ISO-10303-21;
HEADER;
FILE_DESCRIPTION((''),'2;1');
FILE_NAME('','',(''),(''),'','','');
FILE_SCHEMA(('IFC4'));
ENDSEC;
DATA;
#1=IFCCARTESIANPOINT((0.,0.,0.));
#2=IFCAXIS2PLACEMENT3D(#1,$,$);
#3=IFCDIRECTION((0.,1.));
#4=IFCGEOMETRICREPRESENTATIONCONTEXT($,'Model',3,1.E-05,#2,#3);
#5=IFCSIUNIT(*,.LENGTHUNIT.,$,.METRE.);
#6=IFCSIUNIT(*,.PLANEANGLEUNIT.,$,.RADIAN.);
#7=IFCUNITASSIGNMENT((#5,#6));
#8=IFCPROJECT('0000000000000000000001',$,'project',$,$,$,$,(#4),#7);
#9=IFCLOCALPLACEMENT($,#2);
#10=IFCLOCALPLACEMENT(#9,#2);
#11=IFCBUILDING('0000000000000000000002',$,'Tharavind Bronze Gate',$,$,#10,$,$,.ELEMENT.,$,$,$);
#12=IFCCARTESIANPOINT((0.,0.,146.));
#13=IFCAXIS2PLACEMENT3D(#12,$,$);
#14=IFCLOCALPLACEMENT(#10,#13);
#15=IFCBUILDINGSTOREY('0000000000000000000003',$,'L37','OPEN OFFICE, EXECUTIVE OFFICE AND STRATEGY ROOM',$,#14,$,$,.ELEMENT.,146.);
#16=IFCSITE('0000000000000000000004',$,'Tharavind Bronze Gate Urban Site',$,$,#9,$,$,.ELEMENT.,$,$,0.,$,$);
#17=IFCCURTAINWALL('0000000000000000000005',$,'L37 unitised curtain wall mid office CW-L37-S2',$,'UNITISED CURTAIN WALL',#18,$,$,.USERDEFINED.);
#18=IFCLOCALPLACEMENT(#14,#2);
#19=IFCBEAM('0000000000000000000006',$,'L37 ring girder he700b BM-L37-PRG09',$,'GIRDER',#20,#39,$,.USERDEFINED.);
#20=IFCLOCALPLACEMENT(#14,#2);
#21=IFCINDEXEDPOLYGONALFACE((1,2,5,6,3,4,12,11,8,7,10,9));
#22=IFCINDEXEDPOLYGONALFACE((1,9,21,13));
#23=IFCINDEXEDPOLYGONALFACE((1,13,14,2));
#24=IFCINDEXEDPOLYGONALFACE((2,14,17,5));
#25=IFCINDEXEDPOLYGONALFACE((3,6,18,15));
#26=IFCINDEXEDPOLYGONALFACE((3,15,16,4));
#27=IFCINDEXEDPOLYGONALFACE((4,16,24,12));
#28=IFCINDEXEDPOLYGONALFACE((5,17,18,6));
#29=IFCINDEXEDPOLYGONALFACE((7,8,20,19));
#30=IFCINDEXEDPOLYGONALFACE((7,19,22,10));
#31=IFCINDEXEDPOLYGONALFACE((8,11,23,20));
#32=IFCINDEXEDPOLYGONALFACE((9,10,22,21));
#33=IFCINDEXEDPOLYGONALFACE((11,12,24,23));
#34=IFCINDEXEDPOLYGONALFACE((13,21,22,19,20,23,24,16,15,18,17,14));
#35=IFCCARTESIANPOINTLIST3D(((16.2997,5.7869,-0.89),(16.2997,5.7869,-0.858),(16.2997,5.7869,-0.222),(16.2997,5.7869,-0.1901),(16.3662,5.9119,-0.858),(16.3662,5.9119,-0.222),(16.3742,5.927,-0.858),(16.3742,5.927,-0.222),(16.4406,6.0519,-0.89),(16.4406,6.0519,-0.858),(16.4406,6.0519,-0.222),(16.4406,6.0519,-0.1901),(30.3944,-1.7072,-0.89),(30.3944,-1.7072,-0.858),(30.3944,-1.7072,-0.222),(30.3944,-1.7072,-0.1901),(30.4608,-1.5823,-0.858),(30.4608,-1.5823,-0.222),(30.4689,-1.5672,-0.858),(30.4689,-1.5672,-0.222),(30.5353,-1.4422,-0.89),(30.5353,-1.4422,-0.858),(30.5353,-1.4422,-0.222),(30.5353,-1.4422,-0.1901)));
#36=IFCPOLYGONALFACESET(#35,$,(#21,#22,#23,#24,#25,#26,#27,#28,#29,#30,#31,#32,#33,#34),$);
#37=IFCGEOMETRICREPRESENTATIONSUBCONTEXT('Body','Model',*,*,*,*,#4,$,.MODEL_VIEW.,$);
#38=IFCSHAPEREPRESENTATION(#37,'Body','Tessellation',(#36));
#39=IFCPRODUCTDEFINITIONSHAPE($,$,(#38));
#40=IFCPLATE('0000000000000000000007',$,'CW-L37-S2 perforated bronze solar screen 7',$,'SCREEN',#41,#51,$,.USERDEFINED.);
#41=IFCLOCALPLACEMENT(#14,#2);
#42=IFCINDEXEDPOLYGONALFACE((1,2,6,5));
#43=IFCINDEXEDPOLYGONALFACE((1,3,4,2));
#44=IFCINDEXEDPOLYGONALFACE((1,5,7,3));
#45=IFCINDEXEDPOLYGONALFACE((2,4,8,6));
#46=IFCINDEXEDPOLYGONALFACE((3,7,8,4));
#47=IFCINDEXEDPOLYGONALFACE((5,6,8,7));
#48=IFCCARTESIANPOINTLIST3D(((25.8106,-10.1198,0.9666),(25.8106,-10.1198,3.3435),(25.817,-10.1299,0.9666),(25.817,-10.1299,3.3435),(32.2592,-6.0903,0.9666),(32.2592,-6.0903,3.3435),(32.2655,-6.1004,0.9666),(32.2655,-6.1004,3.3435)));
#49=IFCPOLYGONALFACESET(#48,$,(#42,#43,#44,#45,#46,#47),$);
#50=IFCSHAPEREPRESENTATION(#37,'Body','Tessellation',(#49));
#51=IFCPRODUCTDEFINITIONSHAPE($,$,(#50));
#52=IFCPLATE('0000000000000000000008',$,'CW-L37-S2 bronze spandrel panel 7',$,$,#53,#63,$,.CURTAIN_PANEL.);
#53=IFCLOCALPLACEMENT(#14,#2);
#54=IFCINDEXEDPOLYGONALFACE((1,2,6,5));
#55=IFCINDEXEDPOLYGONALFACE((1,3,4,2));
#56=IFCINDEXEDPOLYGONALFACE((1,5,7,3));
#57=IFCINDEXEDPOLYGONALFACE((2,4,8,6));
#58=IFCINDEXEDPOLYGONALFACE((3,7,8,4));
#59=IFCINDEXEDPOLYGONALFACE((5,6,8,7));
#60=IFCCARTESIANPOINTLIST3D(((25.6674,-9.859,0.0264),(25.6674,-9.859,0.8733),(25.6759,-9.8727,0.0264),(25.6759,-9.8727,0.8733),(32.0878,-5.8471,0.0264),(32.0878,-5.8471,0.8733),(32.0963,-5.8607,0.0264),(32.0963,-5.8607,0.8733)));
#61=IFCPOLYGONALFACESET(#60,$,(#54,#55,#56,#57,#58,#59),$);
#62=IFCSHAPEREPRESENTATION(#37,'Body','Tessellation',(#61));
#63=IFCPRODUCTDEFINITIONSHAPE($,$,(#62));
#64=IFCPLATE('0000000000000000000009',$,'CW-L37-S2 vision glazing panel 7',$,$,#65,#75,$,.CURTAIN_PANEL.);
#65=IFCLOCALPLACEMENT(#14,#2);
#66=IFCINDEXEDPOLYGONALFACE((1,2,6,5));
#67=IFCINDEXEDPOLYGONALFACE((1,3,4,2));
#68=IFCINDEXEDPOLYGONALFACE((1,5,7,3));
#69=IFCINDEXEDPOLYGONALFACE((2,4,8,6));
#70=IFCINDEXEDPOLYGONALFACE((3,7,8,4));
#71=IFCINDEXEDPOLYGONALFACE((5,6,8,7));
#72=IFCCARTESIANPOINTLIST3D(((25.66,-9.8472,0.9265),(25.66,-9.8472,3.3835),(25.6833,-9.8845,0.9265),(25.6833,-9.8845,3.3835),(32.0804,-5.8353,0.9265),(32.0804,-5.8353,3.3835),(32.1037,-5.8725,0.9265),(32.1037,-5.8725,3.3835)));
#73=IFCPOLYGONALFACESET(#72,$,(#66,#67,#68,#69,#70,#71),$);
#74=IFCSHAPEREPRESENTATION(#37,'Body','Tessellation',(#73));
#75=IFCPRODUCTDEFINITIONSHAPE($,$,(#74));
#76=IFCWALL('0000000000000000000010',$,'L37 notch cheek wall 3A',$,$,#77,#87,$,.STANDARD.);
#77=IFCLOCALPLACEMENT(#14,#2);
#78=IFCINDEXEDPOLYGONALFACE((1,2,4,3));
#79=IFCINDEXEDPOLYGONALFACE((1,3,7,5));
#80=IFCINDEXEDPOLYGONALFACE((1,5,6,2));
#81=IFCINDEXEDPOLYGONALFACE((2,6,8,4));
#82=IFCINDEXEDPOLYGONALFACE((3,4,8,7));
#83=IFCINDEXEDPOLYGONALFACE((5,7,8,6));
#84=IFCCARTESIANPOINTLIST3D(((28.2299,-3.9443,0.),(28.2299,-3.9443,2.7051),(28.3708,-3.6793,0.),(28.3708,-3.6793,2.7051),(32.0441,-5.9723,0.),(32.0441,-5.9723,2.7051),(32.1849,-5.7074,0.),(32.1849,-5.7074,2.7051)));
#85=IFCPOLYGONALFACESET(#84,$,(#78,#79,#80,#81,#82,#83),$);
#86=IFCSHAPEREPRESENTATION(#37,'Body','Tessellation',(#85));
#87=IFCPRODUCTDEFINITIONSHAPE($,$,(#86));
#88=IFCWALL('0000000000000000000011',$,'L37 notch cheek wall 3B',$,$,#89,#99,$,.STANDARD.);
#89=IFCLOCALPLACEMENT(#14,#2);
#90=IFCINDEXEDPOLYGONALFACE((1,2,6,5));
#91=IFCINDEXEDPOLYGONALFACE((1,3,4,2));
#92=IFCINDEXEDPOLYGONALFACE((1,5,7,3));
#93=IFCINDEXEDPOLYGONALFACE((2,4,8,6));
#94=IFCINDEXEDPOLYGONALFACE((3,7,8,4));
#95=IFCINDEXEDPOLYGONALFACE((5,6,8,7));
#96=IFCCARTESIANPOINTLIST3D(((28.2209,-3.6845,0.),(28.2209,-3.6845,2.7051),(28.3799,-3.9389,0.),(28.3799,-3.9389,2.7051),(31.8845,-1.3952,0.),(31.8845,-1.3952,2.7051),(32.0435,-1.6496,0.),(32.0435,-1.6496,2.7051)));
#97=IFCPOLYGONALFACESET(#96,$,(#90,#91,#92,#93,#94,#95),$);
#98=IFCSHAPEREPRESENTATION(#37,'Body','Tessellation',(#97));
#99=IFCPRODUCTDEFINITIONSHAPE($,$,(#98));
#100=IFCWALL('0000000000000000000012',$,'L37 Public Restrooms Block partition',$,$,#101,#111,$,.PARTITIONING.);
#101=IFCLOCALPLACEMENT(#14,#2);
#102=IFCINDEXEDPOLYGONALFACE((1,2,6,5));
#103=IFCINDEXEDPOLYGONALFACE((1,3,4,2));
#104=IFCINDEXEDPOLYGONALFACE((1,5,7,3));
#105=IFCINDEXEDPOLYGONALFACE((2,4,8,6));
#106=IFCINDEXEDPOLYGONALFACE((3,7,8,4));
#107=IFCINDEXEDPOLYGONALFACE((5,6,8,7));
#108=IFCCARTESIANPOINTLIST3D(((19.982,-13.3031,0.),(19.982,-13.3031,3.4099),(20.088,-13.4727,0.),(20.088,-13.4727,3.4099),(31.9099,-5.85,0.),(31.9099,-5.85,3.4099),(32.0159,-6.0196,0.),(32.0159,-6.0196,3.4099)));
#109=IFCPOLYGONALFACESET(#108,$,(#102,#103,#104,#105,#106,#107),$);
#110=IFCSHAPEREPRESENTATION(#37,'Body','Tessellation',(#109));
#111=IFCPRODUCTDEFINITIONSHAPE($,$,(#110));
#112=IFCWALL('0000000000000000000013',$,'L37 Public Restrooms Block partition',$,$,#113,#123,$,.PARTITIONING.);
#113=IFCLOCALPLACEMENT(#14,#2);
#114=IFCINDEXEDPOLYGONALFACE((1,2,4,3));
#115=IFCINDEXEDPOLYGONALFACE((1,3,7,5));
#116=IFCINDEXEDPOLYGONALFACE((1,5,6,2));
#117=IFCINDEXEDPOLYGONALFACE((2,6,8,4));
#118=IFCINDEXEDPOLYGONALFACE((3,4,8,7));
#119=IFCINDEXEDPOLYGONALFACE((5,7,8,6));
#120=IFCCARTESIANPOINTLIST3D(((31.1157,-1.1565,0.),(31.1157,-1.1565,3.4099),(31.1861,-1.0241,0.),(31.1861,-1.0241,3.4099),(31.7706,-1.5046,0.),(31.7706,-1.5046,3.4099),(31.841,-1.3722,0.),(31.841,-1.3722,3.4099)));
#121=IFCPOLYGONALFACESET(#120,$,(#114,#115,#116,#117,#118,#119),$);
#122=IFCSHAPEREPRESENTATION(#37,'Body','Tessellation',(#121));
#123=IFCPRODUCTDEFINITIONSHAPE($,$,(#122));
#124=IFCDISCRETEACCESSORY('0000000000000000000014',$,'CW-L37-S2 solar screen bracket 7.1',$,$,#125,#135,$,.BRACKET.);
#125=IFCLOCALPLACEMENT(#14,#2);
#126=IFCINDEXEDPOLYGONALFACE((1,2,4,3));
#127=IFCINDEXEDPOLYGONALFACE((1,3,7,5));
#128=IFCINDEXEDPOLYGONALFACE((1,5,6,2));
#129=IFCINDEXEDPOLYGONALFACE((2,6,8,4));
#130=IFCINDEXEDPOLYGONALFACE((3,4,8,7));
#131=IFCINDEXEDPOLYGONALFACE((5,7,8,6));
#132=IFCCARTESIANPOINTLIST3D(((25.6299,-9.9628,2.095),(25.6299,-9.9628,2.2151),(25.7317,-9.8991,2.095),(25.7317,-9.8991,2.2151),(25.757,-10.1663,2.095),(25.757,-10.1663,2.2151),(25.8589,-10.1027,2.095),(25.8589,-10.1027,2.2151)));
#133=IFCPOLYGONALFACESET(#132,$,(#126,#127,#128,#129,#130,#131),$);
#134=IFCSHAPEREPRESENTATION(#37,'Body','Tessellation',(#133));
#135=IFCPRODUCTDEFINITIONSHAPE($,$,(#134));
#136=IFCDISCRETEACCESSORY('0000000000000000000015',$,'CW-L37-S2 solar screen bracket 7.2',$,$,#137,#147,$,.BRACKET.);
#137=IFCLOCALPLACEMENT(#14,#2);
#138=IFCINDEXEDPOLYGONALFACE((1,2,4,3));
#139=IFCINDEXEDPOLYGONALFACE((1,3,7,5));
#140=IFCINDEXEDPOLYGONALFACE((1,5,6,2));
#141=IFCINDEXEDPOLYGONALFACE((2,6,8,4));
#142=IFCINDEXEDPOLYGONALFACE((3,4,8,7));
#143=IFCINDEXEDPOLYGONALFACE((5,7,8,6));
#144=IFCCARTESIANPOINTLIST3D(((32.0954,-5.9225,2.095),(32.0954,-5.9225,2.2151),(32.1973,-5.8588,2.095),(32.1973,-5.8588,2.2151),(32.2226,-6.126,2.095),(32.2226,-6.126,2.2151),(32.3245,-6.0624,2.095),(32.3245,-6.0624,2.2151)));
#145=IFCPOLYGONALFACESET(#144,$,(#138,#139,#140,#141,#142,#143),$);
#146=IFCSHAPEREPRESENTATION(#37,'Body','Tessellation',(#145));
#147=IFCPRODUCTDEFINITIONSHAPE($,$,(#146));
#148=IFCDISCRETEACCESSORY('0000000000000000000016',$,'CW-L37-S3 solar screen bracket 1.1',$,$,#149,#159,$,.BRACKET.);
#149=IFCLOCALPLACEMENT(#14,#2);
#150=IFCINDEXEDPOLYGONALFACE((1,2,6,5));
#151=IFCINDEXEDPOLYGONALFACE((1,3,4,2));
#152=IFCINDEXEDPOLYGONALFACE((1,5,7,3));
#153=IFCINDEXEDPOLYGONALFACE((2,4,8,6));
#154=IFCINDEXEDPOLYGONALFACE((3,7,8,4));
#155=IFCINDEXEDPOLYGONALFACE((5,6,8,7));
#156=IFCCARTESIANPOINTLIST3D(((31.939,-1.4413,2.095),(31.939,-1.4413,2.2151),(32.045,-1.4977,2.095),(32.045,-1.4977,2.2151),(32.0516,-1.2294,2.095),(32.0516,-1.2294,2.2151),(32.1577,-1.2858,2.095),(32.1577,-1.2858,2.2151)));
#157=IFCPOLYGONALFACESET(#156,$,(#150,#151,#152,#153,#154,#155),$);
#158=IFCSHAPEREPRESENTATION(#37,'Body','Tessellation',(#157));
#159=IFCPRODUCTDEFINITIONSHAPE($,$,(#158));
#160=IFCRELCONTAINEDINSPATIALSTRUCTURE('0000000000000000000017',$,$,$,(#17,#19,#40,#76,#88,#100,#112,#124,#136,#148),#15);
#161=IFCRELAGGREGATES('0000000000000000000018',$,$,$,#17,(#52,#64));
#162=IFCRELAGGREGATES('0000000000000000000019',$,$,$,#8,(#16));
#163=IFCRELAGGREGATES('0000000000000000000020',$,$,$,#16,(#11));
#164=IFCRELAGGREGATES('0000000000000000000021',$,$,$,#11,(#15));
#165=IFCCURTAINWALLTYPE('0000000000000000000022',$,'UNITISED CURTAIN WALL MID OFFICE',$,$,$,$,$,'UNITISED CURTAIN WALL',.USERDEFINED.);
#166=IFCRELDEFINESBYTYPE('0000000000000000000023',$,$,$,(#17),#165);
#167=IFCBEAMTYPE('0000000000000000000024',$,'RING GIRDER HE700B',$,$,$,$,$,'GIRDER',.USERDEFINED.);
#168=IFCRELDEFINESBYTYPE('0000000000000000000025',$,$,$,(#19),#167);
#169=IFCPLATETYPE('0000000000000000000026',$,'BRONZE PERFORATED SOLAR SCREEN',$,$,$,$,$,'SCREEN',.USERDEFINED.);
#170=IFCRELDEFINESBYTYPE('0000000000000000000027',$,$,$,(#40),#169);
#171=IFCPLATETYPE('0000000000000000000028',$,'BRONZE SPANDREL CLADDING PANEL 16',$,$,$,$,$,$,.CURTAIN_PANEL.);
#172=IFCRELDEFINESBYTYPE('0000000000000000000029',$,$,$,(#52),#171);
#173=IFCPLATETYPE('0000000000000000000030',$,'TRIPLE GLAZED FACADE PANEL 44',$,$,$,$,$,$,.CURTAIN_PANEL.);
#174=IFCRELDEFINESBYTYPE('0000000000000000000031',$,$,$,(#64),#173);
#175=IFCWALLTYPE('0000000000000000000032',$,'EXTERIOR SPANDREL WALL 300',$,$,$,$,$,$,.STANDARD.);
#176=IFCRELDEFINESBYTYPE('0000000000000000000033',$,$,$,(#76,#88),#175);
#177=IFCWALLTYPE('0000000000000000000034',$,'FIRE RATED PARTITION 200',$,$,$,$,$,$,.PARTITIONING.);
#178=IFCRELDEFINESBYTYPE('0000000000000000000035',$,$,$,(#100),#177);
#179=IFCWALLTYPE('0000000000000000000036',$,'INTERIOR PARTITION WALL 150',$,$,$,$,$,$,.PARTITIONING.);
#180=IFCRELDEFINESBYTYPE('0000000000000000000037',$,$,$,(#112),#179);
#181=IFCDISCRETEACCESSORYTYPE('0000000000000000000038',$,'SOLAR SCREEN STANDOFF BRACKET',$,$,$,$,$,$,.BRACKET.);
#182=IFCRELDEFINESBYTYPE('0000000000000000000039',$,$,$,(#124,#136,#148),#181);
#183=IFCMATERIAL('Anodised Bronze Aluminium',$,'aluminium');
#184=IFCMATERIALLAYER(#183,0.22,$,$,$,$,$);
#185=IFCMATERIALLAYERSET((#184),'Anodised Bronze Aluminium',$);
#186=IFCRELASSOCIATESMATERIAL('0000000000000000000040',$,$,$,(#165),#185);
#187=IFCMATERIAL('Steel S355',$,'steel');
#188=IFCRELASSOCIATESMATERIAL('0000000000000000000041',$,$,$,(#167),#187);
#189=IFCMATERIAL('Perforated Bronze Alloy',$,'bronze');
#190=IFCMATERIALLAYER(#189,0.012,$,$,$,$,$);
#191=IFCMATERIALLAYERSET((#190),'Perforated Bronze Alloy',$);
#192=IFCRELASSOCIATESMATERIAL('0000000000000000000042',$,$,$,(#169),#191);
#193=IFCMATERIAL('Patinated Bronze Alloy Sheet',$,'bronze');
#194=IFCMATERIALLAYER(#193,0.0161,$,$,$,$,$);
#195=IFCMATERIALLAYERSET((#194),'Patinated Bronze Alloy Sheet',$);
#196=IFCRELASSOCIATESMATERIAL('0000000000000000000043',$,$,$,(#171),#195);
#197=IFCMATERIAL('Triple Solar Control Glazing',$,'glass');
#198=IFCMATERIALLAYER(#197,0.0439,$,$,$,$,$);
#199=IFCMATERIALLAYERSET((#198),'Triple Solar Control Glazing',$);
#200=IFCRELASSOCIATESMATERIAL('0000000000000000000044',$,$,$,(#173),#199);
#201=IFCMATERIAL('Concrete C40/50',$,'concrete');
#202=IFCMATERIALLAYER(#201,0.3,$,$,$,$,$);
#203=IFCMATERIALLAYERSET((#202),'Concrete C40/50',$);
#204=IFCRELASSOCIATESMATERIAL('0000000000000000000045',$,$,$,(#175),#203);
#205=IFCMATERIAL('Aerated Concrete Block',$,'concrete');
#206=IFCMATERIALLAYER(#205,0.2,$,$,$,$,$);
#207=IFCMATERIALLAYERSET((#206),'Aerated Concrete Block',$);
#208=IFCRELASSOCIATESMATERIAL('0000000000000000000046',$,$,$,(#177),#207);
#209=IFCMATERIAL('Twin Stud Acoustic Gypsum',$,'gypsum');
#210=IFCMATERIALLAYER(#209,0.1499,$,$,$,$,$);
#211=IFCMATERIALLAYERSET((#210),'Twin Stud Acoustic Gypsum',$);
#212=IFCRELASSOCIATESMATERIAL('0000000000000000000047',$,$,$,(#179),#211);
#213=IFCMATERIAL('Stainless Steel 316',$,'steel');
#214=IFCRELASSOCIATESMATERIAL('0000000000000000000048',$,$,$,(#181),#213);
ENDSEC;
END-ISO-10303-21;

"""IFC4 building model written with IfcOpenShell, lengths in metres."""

from ifc_helpers import new_model, si_unit, direction, frame, frame_2d, origin, origin_2d, place, context, subcontext, project, spatial, rectangle, i_section, extrude, material, layer, layer_set, material_profile, profile_set, type_object, element, aggregate, save


model = new_model("IFC4")

# Units and contexts
model_context = context("Model", 3, precision=1e-05, world=origin(), true_north=direction((0.0, 1.0)))
body_context = subcontext(model_context, "Body", "Model", "MODEL_VIEW")
ifc_project = project(units=[si_unit("LENGTHUNIT", "METRE"), si_unit("PLANEANGLEUNIT", "RADIAN")], contexts=[model_context])

# Site, building, storey
site_placement = place(None, origin())
site = spatial("IfcSite", under=ifc_project, at=site_placement, Name="Tharavind Bronze Gate Urban Site", CompositionType="ELEMENT", RefElevation=0.0)
building_placement = place(site_placement, origin())
building = spatial("IfcBuilding", under=site, at=building_placement, Name="Tharavind Bronze Gate", CompositionType="ELEMENT")
storey_placement = place(building_placement, frame((0.0, 0.0, 146.0)))
storey = spatial("IfcBuildingStorey", under=building, at=storey_placement, Name="L37", Description="OPEN OFFICE, EXECUTIVE OFFICE AND STRATEGY ROOM", CompositionType="ELEMENT", Elevation=146.0)

# Curtain wall
ifc_material_1 = material(Name="Anodised Bronze Aluminium", Category="aluminium")
ifc_layer_1 = layer(ifc_material_1, 0.22)
ifc_layer_set_1 = layer_set([ifc_layer_1], Name="Anodised Bronze Aluminium")
curtain_wall_type = type_object("IfcCurtainWallType", Name="UNITISED CURTAIN WALL MID OFFICE", ElementType="UNITISED CURTAIN WALL", PredefinedType="USERDEFINED", material=ifc_layer_set_1)
curtain_wall_1_placement = place(storey_placement, origin())
curtain_wall_1 = element("IfcCurtainWall", 1, at=curtain_wall_1_placement, inside=storey, type_object=curtain_wall_type, Name="L37 unitised curtain wall mid office CW-L37-S2", ObjectType="UNITISED CURTAIN WALL", PredefinedType="USERDEFINED")

# Beam
ifc_material_2 = material(Name="Steel S355", Category="steel")
ifc_material_profile_1 = material_profile(ifc_material_2, i_section(OverallWidth=0.3, OverallDepth=0.7, WebThickness=0.0171, FlangeThickness=0.032, at=origin_2d()), Name="HE700B")
ifc_profile_set_1 = profile_set([ifc_material_profile_1], Name="Steel S355")
beam_type_1 = type_object("IfcBeamType", Name="RING GIRDER HE700B", ElementType="GIRDER", PredefinedType="USERDEFINED", material=ifc_profile_set_1)
beam_1_placement = place(storey_placement, frame((30.4648, -1.5747, -0.54), z_axis=(-0.882952, 0.469464, 0.0), x_axis=(-0.469464, -0.882952, 0.0)))
element("IfcBeam", 2, at=beam_1_placement, inside=storey, type_object=beam_type_1, Name="L37 ring girder he700b BM-L37-PRG09", ObjectType="GIRDER", PredefinedType="USERDEFINED", context=body_context, shape_type="SweptSolid", body=[
    extrude(i_section(OverallWidth=0.3, OverallDepth=0.7, WebThickness=0.0171, FlangeThickness=0.032, at=origin_2d()), origin(), (0.0, 0.0, 1.0), 15.9631),
])

# Plates
ifc_material_3 = material(Name="Perforated Bronze Alloy", Category="bronze")
ifc_layer_2 = layer(ifc_material_3, 0.012)
ifc_layer_set_2 = layer_set([ifc_layer_2], Name="Perforated Bronze Alloy")
plate_type_1 = type_object("IfcPlateType", Name="BRONZE PERFORATED SOLAR SCREEN", ElementType="SCREEN", PredefinedType="USERDEFINED", material=ifc_layer_set_2)
plate_1_placement = place(storey_placement, frame((29.0381, -8.1101, 0.9666), z_axis=(0.0, 0.0, 1.0), x_axis=(0.848048, 0.529919, 0.0)))
element("IfcPlate", 3, at=plate_1_placement, inside=storey, type_object=plate_type_1, Name="CW-L37-S2 perforated bronze solar screen 7", ObjectType="SCREEN", PredefinedType="USERDEFINED", context=body_context, shape_type="SweptSolid", body=[
    extrude(rectangle(XDim=7.604, YDim=0.012, at=origin_2d()), origin(), (0.0, 0.0, 1.0), 2.377),
])
ifc_material_4 = material(Name="Patinated Bronze Alloy Sheet", Category="bronze")
ifc_layer_3 = layer(ifc_material_4, 0.0161)
ifc_layer_set_3 = layer_set([ifc_layer_3], Name="Patinated Bronze Alloy Sheet")
plate_type_2 = type_object("IfcPlateType", Name="BRONZE SPANDREL CLADDING PANEL 16", PredefinedType="CURTAIN_PANEL", material=ifc_layer_set_3)
plate_2_placement = place(storey_placement, frame((28.8818, -7.8599, 0.0264), z_axis=(0.0, 0.0, 1.0), x_axis=(0.848048, 0.529919, 0.0)))
plate_2 = element("IfcPlate", 4, at=plate_2_placement, type_object=plate_type_2, Name="CW-L37-S2 bronze spandrel panel 7", PredefinedType="CURTAIN_PANEL", context=body_context, shape_type="SweptSolid", body=[
    extrude(rectangle(XDim=7.5708, YDim=0.0161, at=origin_2d()), origin(), (0.0, 0.0, 1.0), 0.8469),
])
ifc_material_5 = material(Name="Triple Solar Control Glazing", Category="glass")
ifc_layer_4 = layer(ifc_material_5, 0.0439)
ifc_layer_set_4 = layer_set([ifc_layer_4], Name="Triple Solar Control Glazing")
plate_type_3 = type_object("IfcPlateType", Name="TRIPLE GLAZED FACADE PANEL 44", PredefinedType="CURTAIN_PANEL", material=ifc_layer_set_4)
plate_3_placement = place(storey_placement, frame((28.8818, -7.8599, 0.9265), z_axis=(0.0, 0.0, 1.0), x_axis=(0.848048, 0.529919, 0.0)))
plate_3 = element("IfcPlate", 5, at=plate_3_placement, type_object=plate_type_3, Name="CW-L37-S2 vision glazing panel 7", PredefinedType="CURTAIN_PANEL", context=body_context, shape_type="SweptSolid", body=[
    extrude(rectangle(XDim=7.5708, YDim=0.0439, at=origin_2d()), origin(), (0.0, 0.0, 1.0), 2.457),
])
aggregate(curtain_wall_1, [plate_2, plate_3])

# Walls
ifc_material_6 = material(Name="Concrete C40/50", Category="concrete")
ifc_layer_5 = layer(ifc_material_6, 0.3)
ifc_layer_set_5 = layer_set([ifc_layer_5], Name="Concrete C40/50")
wall_type_1 = type_object("IfcWallType", Name="EXTERIOR SPANDREL WALL 300", PredefinedType="STANDARD", material=ifc_layer_set_5)
wall_1_placement = place(storey_placement, frame((32.1145, -5.8398, 0.0), z_axis=(0.0, 0.0, 1.0), x_axis=(-0.882945, 0.469476, 0.0)))
element("IfcWall", 6, at=wall_1_placement, inside=storey, type_object=wall_type_1, Name="L37 notch cheek wall 3A", PredefinedType="STANDARD", context=body_context, shape_type="SweptSolid", body=[
    extrude(rectangle(XDim=4.3198, YDim=0.3, at=frame_2d((2.1599, 0.0))), origin(), (0.0, 0.0, 1.0), 2.7051),
])
wall_2_placement = place(storey_placement, frame((28.3003, -3.8118, 0.0), z_axis=(0.0, 0.0, 1.0), x_axis=(0.848043, 0.529928, 0.0)))
element("IfcWall", 7, at=wall_2_placement, inside=storey, type_object=wall_type_1, Name="L37 notch cheek wall 3B", PredefinedType="STANDARD", context=body_context, shape_type="SweptSolid", body=[
    extrude(rectangle(XDim=4.3201, YDim=0.3, at=frame_2d((2.1602, 0.0))), origin(), (0.0, 0.0, 1.0), 2.7051),
])
ifc_material_7 = material(Name="Aerated Concrete Block", Category="concrete")
ifc_layer_6 = layer(ifc_material_7, 0.2)
ifc_layer_set_6 = layer_set([ifc_layer_6], Name="Aerated Concrete Block")
wall_type_2 = type_object("IfcWallType", Name="FIRE RATED PARTITION 200", PredefinedType="PARTITIONING", material=ifc_layer_set_6)
wall_3_placement = place(storey_placement, frame((31.9629, -5.9348, 0.0), z_axis=(0.0, 0.0, 1.0), x_axis=(-0.848058, -0.529904, 0.0)))
element("IfcWall", 8, at=wall_3_placement, inside=storey, type_object=wall_type_2, Name="L37 Public Restrooms Block partition", PredefinedType="PARTITIONING", context=body_context, shape_type="SweptSolid", body=[
    extrude(rectangle(XDim=14.0649, YDim=0.2, at=frame_2d((7.0325, 0.0))), origin(), (0.0, 0.0, 1.0), 3.4099),
])
ifc_material_8 = material(Name="Twin Stud Acoustic Gypsum", Category="gypsum")
ifc_layer_7 = layer(ifc_material_8, 0.1499)
ifc_layer_set_7 = layer_set([ifc_layer_7], Name="Twin Stud Acoustic Gypsum")
wall_type_3 = type_object("IfcWallType", Name="INTERIOR PARTITION WALL 150", PredefinedType="PARTITIONING", material=ifc_layer_set_7)
wall_4_placement = place(storey_placement, frame((31.1509, -1.0903, 0.0), z_axis=(0.0, 0.0, 1.0), x_axis=(0.883026, -0.469324, 0.0)))
element("IfcWall", 9, at=wall_4_placement, inside=storey, type_object=wall_type_3, Name="L37 Public Restrooms Block partition", PredefinedType="PARTITIONING", context=body_context, shape_type="SweptSolid", body=[
    extrude(rectangle(XDim=0.7417, YDim=0.1499, at=frame_2d((0.3708, 0.0))), origin(), (0.0, 0.0, 1.0), 3.4099),
])

# Discrete accessories
ifc_material_9 = material(Name="Stainless Steel 316", Category="steel")
discrete_accessory_type = type_object("IfcDiscreteAccessoryType", Name="SOLAR SCREEN STANDOFF BRACKET", PredefinedType="BRACKET", material=ifc_material_9)
for number, where, z_axis, x_axis, name in (
    (10, (25.7444, -10.0327, 2.095), (0.0, 0.0, 1.0), (0.848048, 0.529919, 0.0), "CW-L37-S2 solar screen bracket 7.1"),
    (11, (32.21, -5.9924, 2.095), (0.0, 0.0, 1.0), (0.848048, 0.529919, 0.0), "CW-L37-S2 solar screen bracket 7.2"),
    (12, (32.0483, -1.3635, 2.095), (0.0, 0.0, 1.0), (-0.882948, 0.469472, 0.0), "CW-L37-S3 solar screen bracket 1.1"),
):
    element("IfcDiscreteAccessory", number, at=place(storey_placement, frame(where, z_axis=z_axis, x_axis=x_axis)), inside=storey, type_object=discrete_accessory_type, Name=name, PredefinedType="BRACKET", context=body_context, shape_type="SweptSolid", body=[
        extrude(rectangle(XDim=0.1201, YDim=0.24, at=origin_2d()), origin(), (0.0, 0.0, 1.0), 0.1201),
    ])

save(model, "model.ifc")
